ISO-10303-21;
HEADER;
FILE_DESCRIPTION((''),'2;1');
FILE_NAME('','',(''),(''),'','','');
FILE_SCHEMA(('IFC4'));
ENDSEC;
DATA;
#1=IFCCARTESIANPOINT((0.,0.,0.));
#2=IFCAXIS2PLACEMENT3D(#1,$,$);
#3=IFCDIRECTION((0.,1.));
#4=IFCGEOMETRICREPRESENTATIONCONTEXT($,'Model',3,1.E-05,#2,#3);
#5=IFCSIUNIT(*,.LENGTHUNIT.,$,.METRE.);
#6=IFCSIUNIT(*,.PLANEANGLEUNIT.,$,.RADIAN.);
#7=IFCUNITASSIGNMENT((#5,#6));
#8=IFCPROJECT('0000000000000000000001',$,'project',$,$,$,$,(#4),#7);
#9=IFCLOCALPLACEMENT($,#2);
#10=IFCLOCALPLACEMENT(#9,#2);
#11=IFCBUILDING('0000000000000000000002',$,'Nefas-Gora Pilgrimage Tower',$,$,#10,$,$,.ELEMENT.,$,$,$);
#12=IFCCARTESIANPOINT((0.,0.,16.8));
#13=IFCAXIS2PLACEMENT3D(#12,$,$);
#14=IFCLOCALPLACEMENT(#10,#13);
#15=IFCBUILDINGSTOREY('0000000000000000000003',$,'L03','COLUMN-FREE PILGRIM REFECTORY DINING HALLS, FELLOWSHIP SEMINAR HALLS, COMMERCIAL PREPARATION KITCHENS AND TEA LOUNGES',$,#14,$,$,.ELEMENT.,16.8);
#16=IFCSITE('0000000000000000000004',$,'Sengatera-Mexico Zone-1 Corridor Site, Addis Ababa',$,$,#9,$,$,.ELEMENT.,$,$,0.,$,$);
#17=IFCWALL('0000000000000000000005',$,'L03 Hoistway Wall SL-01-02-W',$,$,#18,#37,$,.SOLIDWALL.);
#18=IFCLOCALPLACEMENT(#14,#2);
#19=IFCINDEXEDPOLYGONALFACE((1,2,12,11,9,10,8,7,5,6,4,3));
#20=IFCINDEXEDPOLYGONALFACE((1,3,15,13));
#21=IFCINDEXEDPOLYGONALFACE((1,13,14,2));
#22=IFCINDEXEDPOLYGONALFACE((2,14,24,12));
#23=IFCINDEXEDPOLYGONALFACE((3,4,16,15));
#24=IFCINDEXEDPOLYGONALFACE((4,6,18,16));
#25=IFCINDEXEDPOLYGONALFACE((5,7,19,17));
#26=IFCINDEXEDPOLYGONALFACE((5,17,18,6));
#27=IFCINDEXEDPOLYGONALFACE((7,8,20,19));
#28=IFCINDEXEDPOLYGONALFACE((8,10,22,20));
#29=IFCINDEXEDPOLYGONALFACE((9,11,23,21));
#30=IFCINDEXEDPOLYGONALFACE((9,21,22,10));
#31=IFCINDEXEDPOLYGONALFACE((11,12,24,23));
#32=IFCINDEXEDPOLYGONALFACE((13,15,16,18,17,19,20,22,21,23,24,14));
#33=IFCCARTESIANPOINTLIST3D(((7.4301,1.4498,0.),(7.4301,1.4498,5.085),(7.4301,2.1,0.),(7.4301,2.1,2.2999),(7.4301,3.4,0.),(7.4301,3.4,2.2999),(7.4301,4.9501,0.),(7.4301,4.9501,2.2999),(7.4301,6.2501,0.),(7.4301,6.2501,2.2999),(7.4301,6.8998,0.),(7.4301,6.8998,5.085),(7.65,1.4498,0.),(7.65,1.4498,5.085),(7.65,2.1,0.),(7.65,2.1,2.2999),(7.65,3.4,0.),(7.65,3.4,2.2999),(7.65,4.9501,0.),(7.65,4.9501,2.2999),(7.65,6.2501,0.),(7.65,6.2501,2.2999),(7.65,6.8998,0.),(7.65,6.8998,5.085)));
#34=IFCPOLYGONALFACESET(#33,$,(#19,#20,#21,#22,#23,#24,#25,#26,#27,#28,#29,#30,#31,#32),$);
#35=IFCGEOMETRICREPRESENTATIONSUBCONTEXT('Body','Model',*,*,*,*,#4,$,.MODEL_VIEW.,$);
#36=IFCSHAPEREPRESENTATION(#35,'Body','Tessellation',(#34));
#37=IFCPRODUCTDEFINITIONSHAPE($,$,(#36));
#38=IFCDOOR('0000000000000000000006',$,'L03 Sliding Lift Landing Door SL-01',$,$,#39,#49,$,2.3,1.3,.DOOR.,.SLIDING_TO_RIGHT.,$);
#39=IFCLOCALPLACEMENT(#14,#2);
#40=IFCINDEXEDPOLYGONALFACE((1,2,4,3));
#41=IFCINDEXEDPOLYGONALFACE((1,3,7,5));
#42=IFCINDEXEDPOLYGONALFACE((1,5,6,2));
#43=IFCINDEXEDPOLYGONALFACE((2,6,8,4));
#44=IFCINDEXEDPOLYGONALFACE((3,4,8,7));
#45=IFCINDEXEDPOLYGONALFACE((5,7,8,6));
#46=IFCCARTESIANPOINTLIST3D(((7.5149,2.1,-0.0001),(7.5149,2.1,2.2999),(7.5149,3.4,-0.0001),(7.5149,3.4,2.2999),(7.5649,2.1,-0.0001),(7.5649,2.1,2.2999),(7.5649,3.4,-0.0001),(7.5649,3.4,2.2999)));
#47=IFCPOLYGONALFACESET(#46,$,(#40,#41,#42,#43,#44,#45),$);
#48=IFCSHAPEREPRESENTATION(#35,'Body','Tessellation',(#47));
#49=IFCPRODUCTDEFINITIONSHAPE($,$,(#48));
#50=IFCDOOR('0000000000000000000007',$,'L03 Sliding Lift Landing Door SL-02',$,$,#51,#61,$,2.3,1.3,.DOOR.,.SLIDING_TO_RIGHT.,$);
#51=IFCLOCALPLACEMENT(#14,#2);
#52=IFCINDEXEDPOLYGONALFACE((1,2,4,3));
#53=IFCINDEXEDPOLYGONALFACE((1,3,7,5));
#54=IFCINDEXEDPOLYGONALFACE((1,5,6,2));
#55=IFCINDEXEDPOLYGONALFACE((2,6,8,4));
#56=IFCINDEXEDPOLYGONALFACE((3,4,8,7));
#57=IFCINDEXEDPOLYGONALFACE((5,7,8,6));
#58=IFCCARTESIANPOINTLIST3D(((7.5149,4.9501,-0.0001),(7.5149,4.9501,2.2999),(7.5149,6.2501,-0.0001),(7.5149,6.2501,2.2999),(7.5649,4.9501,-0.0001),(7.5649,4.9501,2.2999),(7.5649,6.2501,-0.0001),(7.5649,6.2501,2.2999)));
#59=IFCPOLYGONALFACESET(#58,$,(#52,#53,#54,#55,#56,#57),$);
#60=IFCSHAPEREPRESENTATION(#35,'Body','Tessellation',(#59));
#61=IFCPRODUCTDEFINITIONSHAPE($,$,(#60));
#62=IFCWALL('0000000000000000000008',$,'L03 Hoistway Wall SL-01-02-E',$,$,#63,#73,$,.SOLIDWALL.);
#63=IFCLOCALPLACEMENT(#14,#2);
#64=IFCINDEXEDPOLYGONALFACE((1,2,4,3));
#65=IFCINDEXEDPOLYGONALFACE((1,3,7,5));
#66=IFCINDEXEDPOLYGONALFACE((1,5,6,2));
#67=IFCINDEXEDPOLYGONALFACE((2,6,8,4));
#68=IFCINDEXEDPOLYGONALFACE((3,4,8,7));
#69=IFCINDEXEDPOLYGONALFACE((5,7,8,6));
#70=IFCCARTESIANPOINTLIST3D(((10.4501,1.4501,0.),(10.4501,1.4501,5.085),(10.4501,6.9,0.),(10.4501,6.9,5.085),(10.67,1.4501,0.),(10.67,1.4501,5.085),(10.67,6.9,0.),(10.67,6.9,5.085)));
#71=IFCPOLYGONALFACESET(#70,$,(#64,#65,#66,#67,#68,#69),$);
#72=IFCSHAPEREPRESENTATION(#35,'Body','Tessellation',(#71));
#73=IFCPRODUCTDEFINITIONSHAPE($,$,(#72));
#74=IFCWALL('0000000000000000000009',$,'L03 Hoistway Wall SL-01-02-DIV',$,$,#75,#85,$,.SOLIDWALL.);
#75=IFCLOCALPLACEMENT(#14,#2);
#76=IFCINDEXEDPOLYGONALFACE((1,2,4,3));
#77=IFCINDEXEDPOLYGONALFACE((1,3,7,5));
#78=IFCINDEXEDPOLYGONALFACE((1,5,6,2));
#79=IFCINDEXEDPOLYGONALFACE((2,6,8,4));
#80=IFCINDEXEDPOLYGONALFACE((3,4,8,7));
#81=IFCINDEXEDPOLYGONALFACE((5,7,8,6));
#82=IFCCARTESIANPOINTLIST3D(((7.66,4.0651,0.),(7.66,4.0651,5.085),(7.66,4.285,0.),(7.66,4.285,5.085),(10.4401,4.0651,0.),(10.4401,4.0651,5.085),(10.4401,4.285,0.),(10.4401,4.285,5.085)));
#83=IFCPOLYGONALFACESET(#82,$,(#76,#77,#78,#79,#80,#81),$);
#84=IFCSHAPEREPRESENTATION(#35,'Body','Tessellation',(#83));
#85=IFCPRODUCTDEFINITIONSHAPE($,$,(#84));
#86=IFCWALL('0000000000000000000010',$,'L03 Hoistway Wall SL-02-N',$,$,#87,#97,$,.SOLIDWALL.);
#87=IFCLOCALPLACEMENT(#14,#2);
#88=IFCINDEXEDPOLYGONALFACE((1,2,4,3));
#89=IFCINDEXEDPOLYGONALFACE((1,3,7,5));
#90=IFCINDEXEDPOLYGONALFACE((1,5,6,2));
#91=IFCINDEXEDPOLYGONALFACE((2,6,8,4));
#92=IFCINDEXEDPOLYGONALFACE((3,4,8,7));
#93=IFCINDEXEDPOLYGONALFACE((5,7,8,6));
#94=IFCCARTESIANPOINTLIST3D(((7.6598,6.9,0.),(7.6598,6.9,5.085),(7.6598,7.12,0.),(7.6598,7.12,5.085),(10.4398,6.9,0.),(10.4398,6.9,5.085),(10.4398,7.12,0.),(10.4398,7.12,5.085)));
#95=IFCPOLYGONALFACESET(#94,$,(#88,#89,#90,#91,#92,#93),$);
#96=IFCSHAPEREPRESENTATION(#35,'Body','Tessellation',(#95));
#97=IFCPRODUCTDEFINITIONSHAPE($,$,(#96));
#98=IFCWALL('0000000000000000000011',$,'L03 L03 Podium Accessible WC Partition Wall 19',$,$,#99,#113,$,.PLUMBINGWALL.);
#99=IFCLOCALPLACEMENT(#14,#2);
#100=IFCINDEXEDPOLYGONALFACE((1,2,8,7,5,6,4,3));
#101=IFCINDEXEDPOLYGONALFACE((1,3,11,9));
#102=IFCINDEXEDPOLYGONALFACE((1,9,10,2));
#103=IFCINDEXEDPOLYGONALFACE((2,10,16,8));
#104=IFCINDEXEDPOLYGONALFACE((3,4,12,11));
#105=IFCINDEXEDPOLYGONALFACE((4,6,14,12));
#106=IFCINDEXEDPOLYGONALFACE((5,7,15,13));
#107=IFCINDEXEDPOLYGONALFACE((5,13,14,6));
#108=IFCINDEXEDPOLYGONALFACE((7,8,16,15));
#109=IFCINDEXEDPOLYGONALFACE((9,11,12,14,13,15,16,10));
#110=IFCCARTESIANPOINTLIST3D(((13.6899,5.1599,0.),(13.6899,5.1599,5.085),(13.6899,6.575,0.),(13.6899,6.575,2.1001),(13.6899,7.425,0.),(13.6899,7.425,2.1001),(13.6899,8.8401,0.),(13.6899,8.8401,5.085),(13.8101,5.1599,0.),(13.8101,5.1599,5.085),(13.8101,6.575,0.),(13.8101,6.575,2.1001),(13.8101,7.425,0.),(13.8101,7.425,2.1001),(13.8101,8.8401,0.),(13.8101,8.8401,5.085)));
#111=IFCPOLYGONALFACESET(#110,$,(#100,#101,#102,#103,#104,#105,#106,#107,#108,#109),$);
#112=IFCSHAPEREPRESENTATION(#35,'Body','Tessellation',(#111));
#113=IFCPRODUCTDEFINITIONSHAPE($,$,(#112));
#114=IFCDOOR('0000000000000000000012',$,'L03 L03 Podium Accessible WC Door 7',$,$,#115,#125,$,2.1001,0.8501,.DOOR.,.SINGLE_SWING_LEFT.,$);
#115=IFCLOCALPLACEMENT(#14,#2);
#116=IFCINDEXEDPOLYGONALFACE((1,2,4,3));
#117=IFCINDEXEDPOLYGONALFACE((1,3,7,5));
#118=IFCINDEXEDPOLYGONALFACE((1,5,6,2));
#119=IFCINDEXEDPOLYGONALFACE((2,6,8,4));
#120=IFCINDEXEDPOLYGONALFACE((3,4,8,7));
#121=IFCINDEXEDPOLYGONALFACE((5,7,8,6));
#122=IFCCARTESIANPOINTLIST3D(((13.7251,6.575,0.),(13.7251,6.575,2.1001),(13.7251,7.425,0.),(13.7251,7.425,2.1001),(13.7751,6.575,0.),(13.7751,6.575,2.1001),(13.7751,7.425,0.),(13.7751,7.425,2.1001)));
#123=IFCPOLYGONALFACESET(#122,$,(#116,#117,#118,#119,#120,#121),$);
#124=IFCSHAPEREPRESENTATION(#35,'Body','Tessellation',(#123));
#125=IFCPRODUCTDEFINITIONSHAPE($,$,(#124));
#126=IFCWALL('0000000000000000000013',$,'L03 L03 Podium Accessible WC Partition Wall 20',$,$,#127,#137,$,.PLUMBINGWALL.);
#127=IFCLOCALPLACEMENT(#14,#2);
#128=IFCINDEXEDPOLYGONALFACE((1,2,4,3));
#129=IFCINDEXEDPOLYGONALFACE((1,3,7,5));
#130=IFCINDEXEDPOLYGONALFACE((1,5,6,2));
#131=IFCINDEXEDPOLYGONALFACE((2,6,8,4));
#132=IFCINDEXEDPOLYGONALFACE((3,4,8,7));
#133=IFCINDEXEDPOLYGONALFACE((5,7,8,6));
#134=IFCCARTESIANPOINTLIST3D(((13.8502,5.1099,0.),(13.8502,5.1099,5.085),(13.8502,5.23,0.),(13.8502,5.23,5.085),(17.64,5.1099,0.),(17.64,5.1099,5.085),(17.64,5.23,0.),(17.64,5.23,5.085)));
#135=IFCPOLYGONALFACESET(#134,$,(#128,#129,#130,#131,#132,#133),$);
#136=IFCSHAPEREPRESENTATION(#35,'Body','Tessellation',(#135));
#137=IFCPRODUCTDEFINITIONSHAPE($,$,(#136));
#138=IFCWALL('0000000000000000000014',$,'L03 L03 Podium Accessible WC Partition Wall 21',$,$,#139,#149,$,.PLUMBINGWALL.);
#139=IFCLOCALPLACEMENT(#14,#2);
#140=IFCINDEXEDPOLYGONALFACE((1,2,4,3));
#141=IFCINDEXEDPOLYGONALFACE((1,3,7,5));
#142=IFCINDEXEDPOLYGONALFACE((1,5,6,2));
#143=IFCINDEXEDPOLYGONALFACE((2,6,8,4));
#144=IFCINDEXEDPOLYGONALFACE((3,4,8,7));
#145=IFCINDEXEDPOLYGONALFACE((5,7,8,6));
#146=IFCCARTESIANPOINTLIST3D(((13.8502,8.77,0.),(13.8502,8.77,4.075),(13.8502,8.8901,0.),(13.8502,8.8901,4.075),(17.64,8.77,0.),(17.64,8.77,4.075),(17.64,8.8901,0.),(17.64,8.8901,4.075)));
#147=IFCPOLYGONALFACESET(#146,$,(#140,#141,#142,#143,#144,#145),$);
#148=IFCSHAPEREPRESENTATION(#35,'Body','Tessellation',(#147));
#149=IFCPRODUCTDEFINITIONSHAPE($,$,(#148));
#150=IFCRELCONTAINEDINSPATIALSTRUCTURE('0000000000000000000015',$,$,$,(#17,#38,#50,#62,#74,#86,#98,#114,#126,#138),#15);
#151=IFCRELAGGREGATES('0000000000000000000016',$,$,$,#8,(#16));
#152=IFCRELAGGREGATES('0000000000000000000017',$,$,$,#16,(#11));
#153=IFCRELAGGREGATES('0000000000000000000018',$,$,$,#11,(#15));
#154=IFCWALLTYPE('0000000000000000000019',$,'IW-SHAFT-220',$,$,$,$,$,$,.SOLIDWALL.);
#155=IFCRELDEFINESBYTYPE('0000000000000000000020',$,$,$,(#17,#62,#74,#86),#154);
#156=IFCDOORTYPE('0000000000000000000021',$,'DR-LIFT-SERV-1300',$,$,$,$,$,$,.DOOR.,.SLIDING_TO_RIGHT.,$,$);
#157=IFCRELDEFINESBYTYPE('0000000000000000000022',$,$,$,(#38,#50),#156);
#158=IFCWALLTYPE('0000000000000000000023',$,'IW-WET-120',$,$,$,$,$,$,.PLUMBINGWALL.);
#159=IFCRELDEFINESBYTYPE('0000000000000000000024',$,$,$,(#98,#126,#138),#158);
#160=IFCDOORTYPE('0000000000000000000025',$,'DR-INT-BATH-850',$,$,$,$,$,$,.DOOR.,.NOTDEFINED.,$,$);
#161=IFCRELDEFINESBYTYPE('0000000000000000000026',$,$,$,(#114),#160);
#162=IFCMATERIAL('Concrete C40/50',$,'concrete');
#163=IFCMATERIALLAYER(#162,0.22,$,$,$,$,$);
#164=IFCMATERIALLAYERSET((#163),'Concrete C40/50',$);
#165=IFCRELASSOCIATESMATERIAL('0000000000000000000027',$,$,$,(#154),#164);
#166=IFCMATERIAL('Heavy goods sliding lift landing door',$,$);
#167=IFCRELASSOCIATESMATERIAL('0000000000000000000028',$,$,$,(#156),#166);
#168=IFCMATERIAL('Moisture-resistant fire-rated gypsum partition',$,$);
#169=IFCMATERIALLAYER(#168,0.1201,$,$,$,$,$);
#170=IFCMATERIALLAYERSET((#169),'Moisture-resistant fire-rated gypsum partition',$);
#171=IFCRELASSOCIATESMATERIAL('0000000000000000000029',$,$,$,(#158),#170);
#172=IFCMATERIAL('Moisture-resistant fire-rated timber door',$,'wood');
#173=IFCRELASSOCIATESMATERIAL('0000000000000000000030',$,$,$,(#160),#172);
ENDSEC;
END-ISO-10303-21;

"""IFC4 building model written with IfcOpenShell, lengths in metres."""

from ifc_helpers import new_model, si_unit, direction, frame, frame_2d, origin, place, context, subcontext, project, spatial, rectangle, extrude, source, transform, mapped, material, layer, layer_set, type_object, element, fill, save


model = new_model("IFC4")

# Units and contexts
model_context = context("Model", 3, precision=1e-05, world=origin(), true_north=direction((0.0, 1.0)))
body_context = subcontext(model_context, "Body", "Model", "MODEL_VIEW")
ifc_project = project(units=[si_unit("LENGTHUNIT", "METRE"), si_unit("PLANEANGLEUNIT", "RADIAN")], contexts=[model_context])

# Site, building, storey
site_placement = place(None, origin())
site = spatial("IfcSite", under=ifc_project, at=site_placement, Name="Sengatera-Mexico Zone-1 Corridor Site, Addis Ababa", CompositionType="ELEMENT", RefElevation=0.0)
building_placement = place(site_placement, origin())
building = spatial("IfcBuilding", under=site, at=building_placement, Name="Nefas-Gora Pilgrimage Tower", CompositionType="ELEMENT")
storey_placement = place(building_placement, frame((0.0, 0.0, 16.8)))
storey = spatial("IfcBuildingStorey", under=building, at=storey_placement, Name="L03", Description="COLUMN-FREE PILGRIM REFECTORY DINING HALLS, FELLOWSHIP SEMINAR HALLS, COMMERCIAL PREPARATION KITCHENS AND TEA LOUNGES", CompositionType="ELEMENT", Elevation=16.8)

# Wall, openings, doors
ifc_material_1 = material(Name="Concrete C40/50", Category="concrete")
ifc_layer_1 = layer(ifc_material_1, 0.22)
ifc_layer_set_1 = layer_set([ifc_layer_1], Name="Concrete C40/50")
wall_type_1 = type_object("IfcWallType", Name="IW-SHAFT-220", PredefinedType="SOLIDWALL", material=ifc_layer_set_1)
shared_shape_1 = source(origin(), body_context, "Body", "SweptSolid", [
    extrude(rectangle(XDim=5.45, YDim=0.22, at=frame_2d((2.7251, 0.0))), origin(), (0.0, 0.0, 1.0), 5.085),
])
wall_1_placement = place(storey_placement, frame((7.54, 6.8999, 0.0), z_axis=(0.0, 0.0, 1.0), x_axis=(0.0, -1.0, 0.0)))
wall_1 = element("IfcWall", 1, at=wall_1_placement, inside=storey, type_object=wall_type_1, Name="L03 Hoistway Wall SL-01-02-W", PredefinedType="SOLIDWALL", context=body_context, shape_type="MappedRepresentation", body=[
    mapped(shared_shape_1, transform((0.0, 0.0, 0.0), x_axis=(1.0, 0.0, 0.0), y_axis=(0.0, 1.0, 0.0), z_axis=(0.0, 0.0, 1.0), scale=1.0)),
])
opening_1_placement = place(wall_1_placement, frame((3.5, 0.0, 0.0)))
opening_1 = element("IfcOpeningElement", 2, at=opening_1_placement, cuts=wall_1, PredefinedType="OPENING", context=body_context, shape_type="SweptSolid", body=[
    extrude(rectangle(XDim=1.3, YDim=2.3, at=frame_2d((0.6499, 1.1499))), frame((0.0, 0.1199, 0.0), z_axis=(0.0, -1.0, 0.0), x_axis=(1.0, 0.0, 0.0)), (0.0, 0.0, 1.0), 0.24),
])
opening_2_placement = place(wall_1_placement, frame((0.6499, 0.0, 0.0)))
opening_2 = element("IfcOpeningElement", 3, at=opening_2_placement, cuts=wall_1, PredefinedType="OPENING", context=body_context, shape_type="SweptSolid", body=[
    extrude(rectangle(XDim=1.3, YDim=2.3, at=frame_2d((0.6499, 1.1499))), frame((0.0, 0.1199, 0.0), z_axis=(0.0, -1.0, 0.0), x_axis=(1.0, 0.0, 0.0)), (0.0, 0.0, 1.0), 0.24),
])
ifc_material_2 = material(Name="Heavy goods sliding lift landing door")
door_type_1 = type_object("IfcDoorType", Name="DR-LIFT-SERV-1300", OperationType="SLIDING_TO_RIGHT", PredefinedType="DOOR", material=ifc_material_2)
shared_shape_2 = source(origin(), body_context, "Body", "SweptSolid", [
    extrude(rectangle(XDim=1.3, YDim=2.3, at=frame_2d((0.6499, 1.1499))), frame((0.0, 0.0249, 0.0), z_axis=(0.0, -1.0, 0.0), x_axis=(1.0, 0.0, 0.0)), (0.0, 0.0, 1.0), 0.05),
])
door_1_placement = place(opening_1_placement, origin())
door_1 = element("IfcDoor", 4, at=door_1_placement, inside=storey, type_object=door_type_1, Name="L03 Sliding Lift Landing Door SL-01", OperationType="SLIDING_TO_RIGHT", OverallHeight=2.3, OverallWidth=1.3, PredefinedType="DOOR", context=body_context, shape_type="MappedRepresentation", body=[
    mapped(shared_shape_2, transform((0.0, 0.0, 0.0), x_axis=(1.0, 0.0, 0.0), y_axis=(0.0, 1.0, 0.0), z_axis=(0.0, 0.0, 1.0), scale=1.0)),
])
fill(opening_1, door_1)
door_2_placement = place(opening_2_placement, origin())
door_2 = element("IfcDoor", 5, at=door_2_placement, inside=storey, type_object=door_type_1, Name="L03 Sliding Lift Landing Door SL-02", OperationType="SLIDING_TO_RIGHT", OverallHeight=2.3, OverallWidth=1.3, PredefinedType="DOOR", context=body_context, shape_type="MappedRepresentation", body=[
    mapped(shared_shape_2, transform((0.0, 0.0, 0.0), x_axis=(1.0, 0.0, 0.0), y_axis=(0.0, 1.0, 0.0), z_axis=(0.0, 0.0, 1.0), scale=1.0)),
])
fill(opening_2, door_2)

# Walls
wall_2_placement = place(storey_placement, frame((10.5601, 1.45, 0.0), z_axis=(0.0, 0.0, 1.0), x_axis=(0.0, 1.0, 0.0)))
element("IfcWall", 6, at=wall_2_placement, inside=storey, type_object=wall_type_1, Name="L03 Hoistway Wall SL-01-02-E", PredefinedType="SOLIDWALL", context=body_context, shape_type="MappedRepresentation", body=[
    mapped(shared_shape_1, transform((0.0, 0.0, 0.0), x_axis=(1.0, 0.0, 0.0), y_axis=(0.0, 1.0, 0.0), z_axis=(0.0, 0.0, 1.0), scale=1.0)),
])
shared_shape_3 = source(origin(), body_context, "Body", "SweptSolid", [
    extrude(rectangle(XDim=2.78, YDim=0.22, at=frame_2d((1.3901, 0.0))), origin(), (0.0, 0.0, 1.0), 5.085),
])
for number, where, z_axis, x_axis, name in (
    (7, (7.6599, 4.175, 0.0), (0.0, 0.0, 1.0), (1.0, 0.0, 0.0), "L03 Hoistway Wall SL-01-02-DIV"),
    (8, (10.4399, 7.01, 0.0), (0.0, 0.0, 1.0), (-1.0, 0.0, 0.0), "L03 Hoistway Wall SL-02-N"),
):
    element("IfcWall", number, at=place(storey_placement, frame(where, z_axis=z_axis, x_axis=x_axis)), inside=storey, type_object=wall_type_1, Name=name, PredefinedType="SOLIDWALL", context=body_context, shape_type="MappedRepresentation", body=[
        mapped(shared_shape_3, transform((0.0, 0.0, 0.0), x_axis=(1.0, 0.0, 0.0), y_axis=(0.0, 1.0, 0.0), z_axis=(0.0, 0.0, 1.0), scale=1.0)),
    ])

# Wall, opening, door
ifc_material_3 = material(Name="Moisture-resistant fire-rated gypsum partition")
ifc_layer_2 = layer(ifc_material_3, 0.1201)
ifc_layer_set_2 = layer_set([ifc_layer_2], Name="Moisture-resistant fire-rated gypsum partition")
wall_type_2 = type_object("IfcWallType", Name="IW-WET-120", PredefinedType="PLUMBINGWALL", material=ifc_layer_set_2)
shared_shape_4 = source(origin(), body_context, "Body", "SweptSolid", [
    extrude(rectangle(XDim=3.6802, YDim=0.1201, at=frame_2d((1.8401, 0.0))), origin(), (0.0, 0.0, 1.0), 5.085),
])
wall_3_placement = place(storey_placement, frame((13.75, 5.1599, 0.0), z_axis=(0.0, 0.0, 1.0), x_axis=(0.0, 1.0, 0.0)))
wall_3 = element("IfcWall", 9, at=wall_3_placement, inside=storey, type_object=wall_type_2, Name="L03 L03 Podium Accessible WC Partition Wall 19", PredefinedType="PLUMBINGWALL", context=body_context, shape_type="MappedRepresentation", body=[
    mapped(shared_shape_4, transform((0.0, 0.0, 0.0), x_axis=(1.0, 0.0, 0.0), y_axis=(0.0, 1.0, 0.0), z_axis=(0.0, 0.0, 1.0), scale=1.0)),
])
opening_3_placement = place(wall_3_placement, frame((1.415, 0.0, 0.0)))
opening_3 = element("IfcOpeningElement", 10, at=opening_3_placement, cuts=wall_3, PredefinedType="OPENING", context=body_context, shape_type="SweptSolid", body=[
    extrude(rectangle(XDim=0.8501, YDim=2.1001, at=frame_2d((0.425, 1.05))), frame((0.0, 0.0701, 0.0), z_axis=(0.0, -1.0, 0.0), x_axis=(1.0, 0.0, 0.0)), (0.0, 0.0, 1.0), 0.1401),
])
ifc_material_4 = material(Name="Moisture-resistant fire-rated timber door", Category="wood")
door_type_2 = type_object("IfcDoorType", Name="DR-INT-BATH-850", OperationType="NOTDEFINED", PredefinedType="DOOR", material=ifc_material_4)
shared_shape_5 = source(origin(), body_context, "Body", "SweptSolid", [
    extrude(rectangle(XDim=0.8501, YDim=2.1001, at=frame_2d((0.425, 1.05))), frame((0.0, 0.0249, 0.0), z_axis=(0.0, -1.0, 0.0), x_axis=(1.0, 0.0, 0.0)), (0.0, 0.0, 1.0), 0.05),
])
door_3_placement = place(opening_3_placement, origin())
door_3 = element("IfcDoor", 11, at=door_3_placement, inside=storey, type_object=door_type_2, Name="L03 L03 Podium Accessible WC Door 7", OperationType="SINGLE_SWING_LEFT", OverallHeight=2.1001, OverallWidth=0.8501, PredefinedType="DOOR", context=body_context, shape_type="MappedRepresentation", body=[
    mapped(shared_shape_5, transform((0.0, 0.0, 0.0), x_axis=(1.0, 0.0, 0.0), y_axis=(0.0, 1.0, 0.0), z_axis=(0.0, 0.0, 1.0), scale=1.0)),
])
fill(opening_3, door_3)

# Walls
shared_shape_6 = source(origin(), body_context, "Body", "SweptSolid", [
    extrude(rectangle(XDim=3.7898, YDim=0.1201, at=frame_2d((1.895, 0.0))), origin(), (0.0, 0.0, 1.0), 5.085),
])
wall_4_placement = place(storey_placement, frame((13.8501, 5.1699, 0.0), z_axis=(0.0, 0.0, 1.0), x_axis=(1.0, 0.0, 0.0)))
element("IfcWall", 12, at=wall_4_placement, inside=storey, type_object=wall_type_2, Name="L03 L03 Podium Accessible WC Partition Wall 20", PredefinedType="PLUMBINGWALL", context=body_context, shape_type="MappedRepresentation", body=[
    mapped(shared_shape_6, transform((0.0, 0.0, 0.0), x_axis=(1.0, 0.0, 0.0), y_axis=(0.0, 1.0, 0.0), z_axis=(0.0, 0.0, 1.0), scale=1.0)),
])
shared_shape_7 = source(origin(), body_context, "Body", "SweptSolid", [
    extrude(rectangle(XDim=3.7898, YDim=0.1201, at=frame_2d((1.895, 0.0))), origin(), (0.0, 0.0, 1.0), 4.075),
])
wall_5_placement = place(storey_placement, frame((13.8501, 8.8301, 0.0), z_axis=(0.0, 0.0, 1.0), x_axis=(1.0, 0.0, 0.0)))
element("IfcWall", 13, at=wall_5_placement, inside=storey, type_object=wall_type_2, Name="L03 L03 Podium Accessible WC Partition Wall 21", PredefinedType="PLUMBINGWALL", context=body_context, shape_type="MappedRepresentation", body=[
    mapped(shared_shape_7, transform((0.0, 0.0, 0.0), x_axis=(1.0, 0.0, 0.0), y_axis=(0.0, 1.0, 0.0), z_axis=(0.0, 0.0, 1.0), scale=1.0)),
])

save(model, "model.ifc")
